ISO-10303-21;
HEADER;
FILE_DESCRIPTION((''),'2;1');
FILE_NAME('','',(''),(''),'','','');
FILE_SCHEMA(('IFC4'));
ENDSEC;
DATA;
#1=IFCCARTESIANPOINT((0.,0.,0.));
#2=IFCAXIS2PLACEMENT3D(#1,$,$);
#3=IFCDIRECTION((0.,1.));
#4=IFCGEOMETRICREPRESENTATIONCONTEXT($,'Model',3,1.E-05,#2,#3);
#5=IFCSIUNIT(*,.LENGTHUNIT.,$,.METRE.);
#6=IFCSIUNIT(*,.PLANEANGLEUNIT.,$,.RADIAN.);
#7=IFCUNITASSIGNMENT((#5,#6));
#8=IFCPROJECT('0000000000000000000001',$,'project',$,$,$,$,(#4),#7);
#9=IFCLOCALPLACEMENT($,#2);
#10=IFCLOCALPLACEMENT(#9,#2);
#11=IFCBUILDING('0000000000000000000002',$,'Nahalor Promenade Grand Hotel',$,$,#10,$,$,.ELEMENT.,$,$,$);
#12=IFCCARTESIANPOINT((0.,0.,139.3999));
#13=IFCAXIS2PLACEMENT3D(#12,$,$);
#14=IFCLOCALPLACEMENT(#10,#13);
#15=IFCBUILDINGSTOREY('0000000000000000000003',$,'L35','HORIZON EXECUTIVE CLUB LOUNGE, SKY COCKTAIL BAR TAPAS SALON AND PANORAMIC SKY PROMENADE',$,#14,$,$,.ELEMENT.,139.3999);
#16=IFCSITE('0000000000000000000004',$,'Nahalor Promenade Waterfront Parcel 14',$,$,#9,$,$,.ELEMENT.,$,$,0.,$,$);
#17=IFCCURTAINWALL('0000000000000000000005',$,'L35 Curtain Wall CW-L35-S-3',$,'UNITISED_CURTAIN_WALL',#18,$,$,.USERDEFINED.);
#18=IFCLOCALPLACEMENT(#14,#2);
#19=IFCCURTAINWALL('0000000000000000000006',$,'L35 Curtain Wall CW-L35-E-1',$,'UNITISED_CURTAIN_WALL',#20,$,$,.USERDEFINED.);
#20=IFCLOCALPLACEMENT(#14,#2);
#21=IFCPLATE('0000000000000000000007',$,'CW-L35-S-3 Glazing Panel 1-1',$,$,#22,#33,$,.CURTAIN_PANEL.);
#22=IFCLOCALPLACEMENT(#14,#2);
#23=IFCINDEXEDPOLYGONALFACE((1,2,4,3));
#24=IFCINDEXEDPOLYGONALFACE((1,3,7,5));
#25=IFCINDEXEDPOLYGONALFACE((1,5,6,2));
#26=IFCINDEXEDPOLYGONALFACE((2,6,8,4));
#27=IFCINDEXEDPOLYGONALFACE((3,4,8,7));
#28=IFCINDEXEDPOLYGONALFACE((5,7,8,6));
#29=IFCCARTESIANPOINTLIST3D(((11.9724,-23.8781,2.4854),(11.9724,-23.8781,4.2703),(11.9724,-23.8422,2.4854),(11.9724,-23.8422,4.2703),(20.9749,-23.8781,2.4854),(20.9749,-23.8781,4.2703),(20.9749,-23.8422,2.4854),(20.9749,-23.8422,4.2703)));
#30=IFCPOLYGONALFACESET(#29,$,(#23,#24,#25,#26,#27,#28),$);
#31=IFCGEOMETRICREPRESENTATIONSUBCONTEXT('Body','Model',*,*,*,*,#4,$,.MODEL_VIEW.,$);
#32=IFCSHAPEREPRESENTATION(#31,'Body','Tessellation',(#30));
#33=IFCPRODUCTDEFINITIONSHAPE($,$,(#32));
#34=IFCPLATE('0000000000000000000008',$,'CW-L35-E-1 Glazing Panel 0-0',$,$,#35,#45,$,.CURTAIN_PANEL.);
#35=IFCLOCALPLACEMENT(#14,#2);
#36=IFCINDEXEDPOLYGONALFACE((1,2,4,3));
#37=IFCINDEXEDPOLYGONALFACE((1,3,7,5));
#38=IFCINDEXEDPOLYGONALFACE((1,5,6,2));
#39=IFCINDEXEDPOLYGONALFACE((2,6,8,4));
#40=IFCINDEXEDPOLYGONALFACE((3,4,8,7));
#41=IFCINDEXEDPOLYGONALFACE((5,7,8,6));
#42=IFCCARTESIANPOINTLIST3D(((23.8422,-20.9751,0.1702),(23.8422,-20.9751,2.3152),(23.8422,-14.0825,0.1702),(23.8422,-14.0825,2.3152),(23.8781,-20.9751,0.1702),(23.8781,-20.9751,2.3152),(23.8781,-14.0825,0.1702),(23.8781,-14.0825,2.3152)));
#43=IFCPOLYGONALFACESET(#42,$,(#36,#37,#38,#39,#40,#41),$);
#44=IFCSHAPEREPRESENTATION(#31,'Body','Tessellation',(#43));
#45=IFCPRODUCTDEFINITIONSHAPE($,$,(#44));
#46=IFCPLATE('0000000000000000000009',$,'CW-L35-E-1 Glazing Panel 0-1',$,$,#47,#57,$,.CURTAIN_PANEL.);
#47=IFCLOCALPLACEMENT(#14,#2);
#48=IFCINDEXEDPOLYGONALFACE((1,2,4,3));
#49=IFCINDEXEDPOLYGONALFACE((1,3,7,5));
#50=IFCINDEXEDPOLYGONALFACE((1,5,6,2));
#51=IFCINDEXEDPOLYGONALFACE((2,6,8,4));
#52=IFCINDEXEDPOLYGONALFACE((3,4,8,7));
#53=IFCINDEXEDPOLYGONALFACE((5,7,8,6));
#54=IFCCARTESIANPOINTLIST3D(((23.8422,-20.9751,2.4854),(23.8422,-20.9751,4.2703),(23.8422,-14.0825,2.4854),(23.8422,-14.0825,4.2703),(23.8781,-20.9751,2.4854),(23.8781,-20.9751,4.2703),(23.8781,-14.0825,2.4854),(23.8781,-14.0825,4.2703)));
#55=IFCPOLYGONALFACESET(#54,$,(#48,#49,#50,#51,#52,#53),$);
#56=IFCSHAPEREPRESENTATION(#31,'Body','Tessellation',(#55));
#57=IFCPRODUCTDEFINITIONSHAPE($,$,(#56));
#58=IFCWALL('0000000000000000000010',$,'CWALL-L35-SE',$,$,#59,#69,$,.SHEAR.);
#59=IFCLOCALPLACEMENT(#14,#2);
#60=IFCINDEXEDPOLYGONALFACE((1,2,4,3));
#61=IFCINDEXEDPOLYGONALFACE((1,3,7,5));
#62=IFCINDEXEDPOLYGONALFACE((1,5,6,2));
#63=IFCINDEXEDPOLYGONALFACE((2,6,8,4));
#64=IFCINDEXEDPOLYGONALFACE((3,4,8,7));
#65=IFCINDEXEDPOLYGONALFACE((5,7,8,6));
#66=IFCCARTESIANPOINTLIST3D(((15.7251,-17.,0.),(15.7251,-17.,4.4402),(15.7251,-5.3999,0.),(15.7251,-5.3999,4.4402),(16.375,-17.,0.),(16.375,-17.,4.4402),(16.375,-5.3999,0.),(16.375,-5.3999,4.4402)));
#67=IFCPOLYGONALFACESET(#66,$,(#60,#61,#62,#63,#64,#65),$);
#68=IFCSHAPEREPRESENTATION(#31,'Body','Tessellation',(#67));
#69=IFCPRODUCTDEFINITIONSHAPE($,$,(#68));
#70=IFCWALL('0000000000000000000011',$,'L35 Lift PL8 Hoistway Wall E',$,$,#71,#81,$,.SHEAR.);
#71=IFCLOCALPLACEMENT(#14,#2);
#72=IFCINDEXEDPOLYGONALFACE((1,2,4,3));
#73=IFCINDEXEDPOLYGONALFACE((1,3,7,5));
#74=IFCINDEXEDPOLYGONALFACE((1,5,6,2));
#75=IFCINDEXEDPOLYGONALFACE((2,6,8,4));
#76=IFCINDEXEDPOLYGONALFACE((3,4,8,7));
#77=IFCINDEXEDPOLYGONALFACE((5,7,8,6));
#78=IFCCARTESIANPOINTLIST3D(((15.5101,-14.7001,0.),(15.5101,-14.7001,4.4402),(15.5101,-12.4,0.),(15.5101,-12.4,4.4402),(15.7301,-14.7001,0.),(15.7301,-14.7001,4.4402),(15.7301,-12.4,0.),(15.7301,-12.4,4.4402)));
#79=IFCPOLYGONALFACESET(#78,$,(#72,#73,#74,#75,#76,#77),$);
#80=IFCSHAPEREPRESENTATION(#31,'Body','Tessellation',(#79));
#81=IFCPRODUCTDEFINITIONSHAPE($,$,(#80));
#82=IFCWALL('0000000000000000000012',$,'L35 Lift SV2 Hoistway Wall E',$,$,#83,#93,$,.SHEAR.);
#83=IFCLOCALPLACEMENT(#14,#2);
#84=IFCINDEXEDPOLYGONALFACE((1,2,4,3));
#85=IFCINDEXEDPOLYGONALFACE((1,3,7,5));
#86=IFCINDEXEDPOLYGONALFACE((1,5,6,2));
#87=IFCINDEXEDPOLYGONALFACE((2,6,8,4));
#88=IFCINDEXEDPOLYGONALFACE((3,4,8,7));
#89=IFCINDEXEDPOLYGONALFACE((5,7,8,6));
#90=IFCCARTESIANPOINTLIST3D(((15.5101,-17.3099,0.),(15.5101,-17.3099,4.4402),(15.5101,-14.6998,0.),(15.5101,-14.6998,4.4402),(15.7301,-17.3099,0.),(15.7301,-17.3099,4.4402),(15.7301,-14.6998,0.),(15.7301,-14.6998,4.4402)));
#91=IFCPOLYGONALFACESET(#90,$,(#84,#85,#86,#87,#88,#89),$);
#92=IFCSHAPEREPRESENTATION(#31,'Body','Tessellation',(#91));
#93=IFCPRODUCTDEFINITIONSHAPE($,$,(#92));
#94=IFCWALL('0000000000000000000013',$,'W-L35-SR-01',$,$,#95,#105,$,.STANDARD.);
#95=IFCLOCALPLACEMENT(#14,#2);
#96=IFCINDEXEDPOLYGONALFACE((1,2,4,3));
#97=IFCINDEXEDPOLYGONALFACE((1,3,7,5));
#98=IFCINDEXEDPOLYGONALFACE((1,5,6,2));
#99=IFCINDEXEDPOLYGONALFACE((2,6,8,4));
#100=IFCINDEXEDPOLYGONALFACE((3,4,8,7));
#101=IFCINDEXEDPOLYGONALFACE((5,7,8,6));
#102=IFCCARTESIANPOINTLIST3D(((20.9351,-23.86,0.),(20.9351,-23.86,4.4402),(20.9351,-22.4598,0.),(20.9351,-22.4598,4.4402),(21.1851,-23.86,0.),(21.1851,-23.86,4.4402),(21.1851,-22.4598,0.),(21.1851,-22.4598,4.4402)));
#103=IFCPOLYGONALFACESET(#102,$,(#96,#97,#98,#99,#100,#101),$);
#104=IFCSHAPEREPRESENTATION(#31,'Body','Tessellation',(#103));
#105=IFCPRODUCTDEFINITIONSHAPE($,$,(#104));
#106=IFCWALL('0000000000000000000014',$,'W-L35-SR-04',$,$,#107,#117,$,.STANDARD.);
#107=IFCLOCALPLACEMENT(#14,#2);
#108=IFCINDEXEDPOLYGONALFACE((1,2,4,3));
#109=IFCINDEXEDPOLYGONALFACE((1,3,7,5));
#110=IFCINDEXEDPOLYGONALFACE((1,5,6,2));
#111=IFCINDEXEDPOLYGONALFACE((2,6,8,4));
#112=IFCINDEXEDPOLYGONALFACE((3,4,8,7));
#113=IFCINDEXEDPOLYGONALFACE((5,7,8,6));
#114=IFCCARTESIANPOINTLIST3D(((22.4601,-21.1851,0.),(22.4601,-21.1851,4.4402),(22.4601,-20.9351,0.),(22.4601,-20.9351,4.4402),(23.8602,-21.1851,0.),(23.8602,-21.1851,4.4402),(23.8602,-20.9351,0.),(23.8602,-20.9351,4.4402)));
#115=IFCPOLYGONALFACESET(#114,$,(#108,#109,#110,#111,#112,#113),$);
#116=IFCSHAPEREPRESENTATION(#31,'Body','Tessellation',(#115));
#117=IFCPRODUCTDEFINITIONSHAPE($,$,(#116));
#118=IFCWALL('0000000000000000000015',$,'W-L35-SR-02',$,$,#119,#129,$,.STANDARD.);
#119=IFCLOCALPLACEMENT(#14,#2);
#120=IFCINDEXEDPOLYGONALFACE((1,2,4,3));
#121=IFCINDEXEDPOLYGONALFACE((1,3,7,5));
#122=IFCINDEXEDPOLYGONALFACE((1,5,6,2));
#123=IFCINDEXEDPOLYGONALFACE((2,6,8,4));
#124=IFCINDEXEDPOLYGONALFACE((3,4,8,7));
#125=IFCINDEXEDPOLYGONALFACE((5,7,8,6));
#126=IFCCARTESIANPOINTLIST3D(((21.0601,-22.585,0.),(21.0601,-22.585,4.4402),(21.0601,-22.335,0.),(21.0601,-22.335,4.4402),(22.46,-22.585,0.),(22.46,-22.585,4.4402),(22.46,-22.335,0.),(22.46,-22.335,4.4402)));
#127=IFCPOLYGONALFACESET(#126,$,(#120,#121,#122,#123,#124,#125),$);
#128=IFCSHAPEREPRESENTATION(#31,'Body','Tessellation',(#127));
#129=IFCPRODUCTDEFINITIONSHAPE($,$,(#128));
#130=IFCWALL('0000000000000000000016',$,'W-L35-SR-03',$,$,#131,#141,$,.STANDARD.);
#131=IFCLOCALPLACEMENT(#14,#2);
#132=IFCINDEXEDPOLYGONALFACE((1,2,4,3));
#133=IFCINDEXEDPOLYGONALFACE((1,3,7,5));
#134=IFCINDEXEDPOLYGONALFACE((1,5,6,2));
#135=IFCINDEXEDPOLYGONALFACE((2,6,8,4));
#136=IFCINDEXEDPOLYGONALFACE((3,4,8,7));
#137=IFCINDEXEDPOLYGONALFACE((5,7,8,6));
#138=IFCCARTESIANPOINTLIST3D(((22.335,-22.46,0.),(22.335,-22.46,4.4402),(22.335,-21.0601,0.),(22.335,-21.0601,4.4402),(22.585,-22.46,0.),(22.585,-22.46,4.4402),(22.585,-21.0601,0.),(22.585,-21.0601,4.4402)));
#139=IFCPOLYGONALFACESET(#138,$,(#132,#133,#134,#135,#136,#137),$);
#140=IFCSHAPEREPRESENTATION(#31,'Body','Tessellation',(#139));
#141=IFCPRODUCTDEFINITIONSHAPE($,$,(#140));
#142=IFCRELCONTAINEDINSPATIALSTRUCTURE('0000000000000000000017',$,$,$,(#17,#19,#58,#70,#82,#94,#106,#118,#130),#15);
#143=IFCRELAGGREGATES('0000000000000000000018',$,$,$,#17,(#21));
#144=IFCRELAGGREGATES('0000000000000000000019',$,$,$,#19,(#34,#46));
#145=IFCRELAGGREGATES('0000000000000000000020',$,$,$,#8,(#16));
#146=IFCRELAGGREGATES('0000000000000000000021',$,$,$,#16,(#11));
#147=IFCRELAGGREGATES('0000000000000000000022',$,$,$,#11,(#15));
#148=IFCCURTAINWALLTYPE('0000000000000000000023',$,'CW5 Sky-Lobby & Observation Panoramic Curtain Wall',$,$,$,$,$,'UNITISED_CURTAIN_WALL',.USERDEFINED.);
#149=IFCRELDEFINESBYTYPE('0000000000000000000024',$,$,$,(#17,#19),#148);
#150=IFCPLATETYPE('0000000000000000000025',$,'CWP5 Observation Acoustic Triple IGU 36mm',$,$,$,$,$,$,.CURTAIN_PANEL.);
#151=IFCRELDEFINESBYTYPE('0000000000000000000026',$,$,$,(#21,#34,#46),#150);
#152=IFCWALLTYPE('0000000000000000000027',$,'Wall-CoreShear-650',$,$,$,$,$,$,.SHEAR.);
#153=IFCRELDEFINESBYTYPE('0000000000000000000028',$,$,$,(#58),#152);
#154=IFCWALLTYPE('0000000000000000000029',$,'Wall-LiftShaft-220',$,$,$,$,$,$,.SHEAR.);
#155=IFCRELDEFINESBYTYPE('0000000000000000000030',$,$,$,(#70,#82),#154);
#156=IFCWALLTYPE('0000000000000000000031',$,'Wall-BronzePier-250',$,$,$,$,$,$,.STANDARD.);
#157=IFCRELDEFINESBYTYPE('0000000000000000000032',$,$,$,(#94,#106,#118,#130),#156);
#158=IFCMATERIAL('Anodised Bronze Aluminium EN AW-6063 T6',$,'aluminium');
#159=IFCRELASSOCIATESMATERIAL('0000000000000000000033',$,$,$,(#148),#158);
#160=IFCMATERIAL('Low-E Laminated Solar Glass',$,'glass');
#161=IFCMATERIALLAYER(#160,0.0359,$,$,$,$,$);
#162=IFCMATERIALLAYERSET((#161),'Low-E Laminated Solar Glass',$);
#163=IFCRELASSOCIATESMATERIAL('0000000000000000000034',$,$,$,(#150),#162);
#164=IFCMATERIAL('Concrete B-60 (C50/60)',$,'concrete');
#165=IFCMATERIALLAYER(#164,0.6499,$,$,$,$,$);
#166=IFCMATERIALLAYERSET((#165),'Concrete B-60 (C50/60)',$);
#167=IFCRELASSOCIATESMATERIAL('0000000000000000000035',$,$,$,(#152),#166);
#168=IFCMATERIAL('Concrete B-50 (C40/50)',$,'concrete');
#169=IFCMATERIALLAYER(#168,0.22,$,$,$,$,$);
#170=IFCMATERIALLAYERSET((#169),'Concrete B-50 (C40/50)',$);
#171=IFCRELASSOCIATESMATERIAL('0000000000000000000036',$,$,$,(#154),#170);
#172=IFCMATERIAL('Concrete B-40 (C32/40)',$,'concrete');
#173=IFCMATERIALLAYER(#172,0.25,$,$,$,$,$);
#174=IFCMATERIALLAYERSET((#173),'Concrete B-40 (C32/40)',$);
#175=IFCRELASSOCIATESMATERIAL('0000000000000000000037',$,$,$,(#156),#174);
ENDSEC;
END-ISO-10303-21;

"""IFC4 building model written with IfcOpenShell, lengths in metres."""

from ifc_helpers import new_model, si_unit, direction, frame, frame_2d, origin, origin_2d, place, context, subcontext, project, spatial, rectangle, extrude, source, transform, mapped, material, layer, layer_set, type_object, element, aggregate, save


model = new_model("IFC4")

# Units and contexts
model_context = context("Model", 3, precision=1e-05, world=origin(), true_north=direction((0.0, 1.0)))
body_context = subcontext(model_context, "Body", "Model", "MODEL_VIEW")
ifc_project = project(units=[si_unit("LENGTHUNIT", "METRE"), si_unit("PLANEANGLEUNIT", "RADIAN")], contexts=[model_context])

# Site, building, storey
site_placement = place(None, origin())
site = spatial("IfcSite", under=ifc_project, at=site_placement, Name="Nahalor Promenade Waterfront Parcel 14", CompositionType="ELEMENT", RefElevation=0.0)
building_placement = place(site_placement, origin())
building = spatial("IfcBuilding", under=site, at=building_placement, Name="Nahalor Promenade Grand Hotel", CompositionType="ELEMENT")
storey_placement = place(building_placement, frame((0.0, 0.0, 139.3999)))
storey = spatial("IfcBuildingStorey", under=building, at=storey_placement, Name="L35", Description="HORIZON EXECUTIVE CLUB LOUNGE, SKY COCKTAIL BAR TAPAS SALON AND PANORAMIC SKY PROMENADE", CompositionType="ELEMENT", Elevation=139.3999)

# Shared definitions
ifc_material_1 = material(Name="Concrete B-60 (C50/60)", Category="concrete")

# Curtain wall
ifc_material_2 = material(Name="Anodised Bronze Aluminium EN AW-6063 T6", Category="aluminium")
curtain_wall_type = type_object("IfcCurtainWallType", Name="CW5 Sky-Lobby & Observation Panoramic Curtain Wall", ElementType="UNITISED_CURTAIN_WALL", PredefinedType="USERDEFINED", material=ifc_material_2)
curtain_wall_1_placement = place(storey_placement, origin())
curtain_wall_1 = element("IfcCurtainWall", 1, at=curtain_wall_1_placement, inside=storey, type_object=curtain_wall_type, Name="L35 Curtain Wall CW-L35-S-3", ObjectType="UNITISED_CURTAIN_WALL", PredefinedType="USERDEFINED")

# Curtain wall
curtain_wall_2_placement = place(storey_placement, origin())
curtain_wall_2 = element("IfcCurtainWall", 2, at=curtain_wall_2_placement, inside=storey, type_object=curtain_wall_type, Name="L35 Curtain Wall CW-L35-E-1", ObjectType="UNITISED_CURTAIN_WALL", PredefinedType="USERDEFINED")

# Plates
ifc_material_3 = material(Name="Low-E Laminated Solar Glass", Category="glass")
ifc_layer_1 = layer(ifc_material_3, 0.0359)
ifc_layer_set_1 = layer_set([ifc_layer_1], Name="Low-E Laminated Solar Glass")
plate_type = type_object("IfcPlateType", Name="CWP5 Observation Acoustic Triple IGU 36mm", PredefinedType="CURTAIN_PANEL", material=ifc_layer_set_1)
shared_shape_1 = source(origin(), body_context, "Body", "SweptSolid", [
    extrude(rectangle(XDim=9.0024, YDim=0.0359, at=origin_2d()), origin(), (0.0, 0.0, 1.0), 1.7849),
])
plate_1_placement = place(storey_placement, frame((16.4736, -23.8601, 2.4854), z_axis=(0.0, 0.0, 1.0), x_axis=(1.0, 0.0, 0.0)))
plate_1 = element("IfcPlate", 3, at=plate_1_placement, type_object=plate_type, Name="CW-L35-S-3 Glazing Panel 1-1", PredefinedType="CURTAIN_PANEL", context=body_context, shape_type="MappedRepresentation", body=[
    mapped(shared_shape_1, transform((0.0, 0.0, 0.0), scale=1.0)),
])
aggregate(curtain_wall_1, [plate_1])
shared_shape_2 = source(origin(), body_context, "Body", "SweptSolid", [
    extrude(rectangle(XDim=6.8926, YDim=0.0359, at=origin_2d()), origin(), (0.0, 0.0, 1.0), 2.145),
])
plate_2_placement = place(storey_placement, frame((23.8601, -17.5288, 0.1702), z_axis=(0.0, 0.0, 1.0), x_axis=(0.0, 1.0, 0.0)))
plate_2 = element("IfcPlate", 4, at=plate_2_placement, type_object=plate_type, Name="CW-L35-E-1 Glazing Panel 0-0", PredefinedType="CURTAIN_PANEL", context=body_context, shape_type="MappedRepresentation", body=[
    mapped(shared_shape_2, transform((0.0, 0.0, 0.0), scale=1.0)),
])
shared_shape_3 = source(origin(), body_context, "Body", "SweptSolid", [
    extrude(rectangle(XDim=6.8926, YDim=0.0359, at=origin_2d()), origin(), (0.0, 0.0, 1.0), 1.7849),
])
plate_3_placement = place(storey_placement, frame((23.8601, -17.5288, 2.4854), z_axis=(0.0, 0.0, 1.0), x_axis=(0.0, 1.0, 0.0)))
plate_3 = element("IfcPlate", 5, at=plate_3_placement, type_object=plate_type, Name="CW-L35-E-1 Glazing Panel 0-1", PredefinedType="CURTAIN_PANEL", context=body_context, shape_type="MappedRepresentation", body=[
    mapped(shared_shape_3, transform((0.0, 0.0, 0.0), scale=1.0)),
])
aggregate(curtain_wall_2, [plate_2, plate_3])

# Walls
ifc_layer_2 = layer(ifc_material_1, 0.6499)
ifc_layer_set_2 = layer_set([ifc_layer_2], Name="Concrete B-60 (C50/60)")
wall_type_1 = type_object("IfcWallType", Name="Wall-CoreShear-650", PredefinedType="SHEAR", material=ifc_layer_set_2)
shared_shape_4 = source(origin(), body_context, "Body", "SweptSolid", [
    extrude(rectangle(XDim=11.6001, YDim=0.6499, at=frame_2d((5.8, 0.0))), origin(), (0.0, 0.0, 1.0), 4.4402),
])
wall_1_placement = place(storey_placement, frame((16.05, -17.0, 0.0), z_axis=(0.0, 0.0, 1.0), x_axis=(0.0, 1.0, 0.0)))
element("IfcWall", 6, at=wall_1_placement, inside=storey, type_object=wall_type_1, Name="CWALL-L35-SE", PredefinedType="SHEAR", context=body_context, shape_type="MappedRepresentation", body=[
    mapped(shared_shape_4, transform((0.0, 0.0, 0.0), scale=1.0)),
])
ifc_material_4 = material(Name="Concrete B-50 (C40/50)", Category="concrete")
ifc_layer_3 = layer(ifc_material_4, 0.22)
ifc_layer_set_3 = layer_set([ifc_layer_3], Name="Concrete B-50 (C40/50)")
wall_type_2 = type_object("IfcWallType", Name="Wall-LiftShaft-220", PredefinedType="SHEAR", material=ifc_layer_set_3)
shared_shape_5 = source(origin(), body_context, "Body", "SweptSolid", [
    extrude(rectangle(XDim=2.3, YDim=0.22, at=frame_2d((1.1499, 0.0))), origin(), (0.0, 0.0, 1.0), 4.4402),
])
wall_2_placement = place(storey_placement, frame((15.6201, -14.7, 0.0), z_axis=(0.0, 0.0, 1.0), x_axis=(0.0, 1.0, 0.0)))
element("IfcWall", 7, at=wall_2_placement, inside=storey, type_object=wall_type_2, Name="L35 Lift PL8 Hoistway Wall E", PredefinedType="SHEAR", context=body_context, shape_type="MappedRepresentation", body=[
    mapped(shared_shape_5, transform((0.0, 0.0, 0.0), scale=1.0)),
])
shared_shape_6 = source(origin(), body_context, "Body", "SweptSolid", [
    extrude(rectangle(XDim=2.6101, YDim=0.22, at=frame_2d((1.3052, 0.0))), origin(), (0.0, 0.0, 1.0), 4.4402),
])
wall_3_placement = place(storey_placement, frame((15.6201, -17.3101, 0.0), z_axis=(0.0, 0.0, 1.0), x_axis=(0.0, 1.0, 0.0)))
element("IfcWall", 8, at=wall_3_placement, inside=storey, type_object=wall_type_2, Name="L35 Lift SV2 Hoistway Wall E", PredefinedType="SHEAR", context=body_context, shape_type="MappedRepresentation", body=[
    mapped(shared_shape_6, transform((0.0, 0.0, 0.0), scale=1.0)),
])
ifc_material_5 = material(Name="Concrete B-40 (C32/40)", Category="concrete")
ifc_layer_4 = layer(ifc_material_5, 0.25)
ifc_layer_set_4 = layer_set([ifc_layer_4], Name="Concrete B-40 (C32/40)")
wall_type_3 = type_object("IfcWallType", Name="Wall-BronzePier-250", PredefinedType="STANDARD", material=ifc_layer_set_4)
shared_shape_7 = source(origin(), body_context, "Body", "SweptSolid", [
    extrude(rectangle(XDim=1.4001, YDim=0.25, at=frame_2d((0.7002, 0.0))), origin(), (0.0, 0.0, 1.0), 4.4402),
])
for number, where, z_axis, x_axis, name in (
    (9, (21.0601, -23.8601, 0.0), (0.0, 0.0, 1.0), (0.0, 1.0, 0.0), "W-L35-SR-01"),
    (10, (22.46, -21.0601, 0.0), (0.0, 0.0, 1.0), (1.0, 0.0, 0.0), "W-L35-SR-04"),
):
    element("IfcWall", number, at=place(storey_placement, frame(where, z_axis=z_axis, x_axis=x_axis)), inside=storey, type_object=wall_type_3, Name=name, PredefinedType="STANDARD", context=body_context, shape_type="MappedRepresentation", body=[
        mapped(shared_shape_7, transform((0.0, 0.0, 0.0), scale=1.0)),
    ])
shared_shape_8 = source(origin(), body_context, "Body", "SweptSolid", [
    extrude(rectangle(XDim=1.3999, YDim=0.25, at=frame_2d((0.7, 0.0))), origin(), (0.0, 0.0, 1.0), 4.4402),
])
for number, where, z_axis, x_axis, name in (
    (11, (21.0601, -22.46, 0.0), (0.0, 0.0, 1.0), (1.0, 0.0, 0.0), "W-L35-SR-02"),
    (12, (22.46, -22.46, 0.0), (0.0, 0.0, 1.0), (0.0, 1.0, 0.0), "W-L35-SR-03"),
):
    element("IfcWall", number, at=place(storey_placement, frame(where, z_axis=z_axis, x_axis=x_axis)), inside=storey, type_object=wall_type_3, Name=name, PredefinedType="STANDARD", context=body_context, shape_type="MappedRepresentation", body=[
        mapped(shared_shape_8, transform((0.0, 0.0, 0.0), scale=1.0)),
    ])

save(model, "model.ifc")
